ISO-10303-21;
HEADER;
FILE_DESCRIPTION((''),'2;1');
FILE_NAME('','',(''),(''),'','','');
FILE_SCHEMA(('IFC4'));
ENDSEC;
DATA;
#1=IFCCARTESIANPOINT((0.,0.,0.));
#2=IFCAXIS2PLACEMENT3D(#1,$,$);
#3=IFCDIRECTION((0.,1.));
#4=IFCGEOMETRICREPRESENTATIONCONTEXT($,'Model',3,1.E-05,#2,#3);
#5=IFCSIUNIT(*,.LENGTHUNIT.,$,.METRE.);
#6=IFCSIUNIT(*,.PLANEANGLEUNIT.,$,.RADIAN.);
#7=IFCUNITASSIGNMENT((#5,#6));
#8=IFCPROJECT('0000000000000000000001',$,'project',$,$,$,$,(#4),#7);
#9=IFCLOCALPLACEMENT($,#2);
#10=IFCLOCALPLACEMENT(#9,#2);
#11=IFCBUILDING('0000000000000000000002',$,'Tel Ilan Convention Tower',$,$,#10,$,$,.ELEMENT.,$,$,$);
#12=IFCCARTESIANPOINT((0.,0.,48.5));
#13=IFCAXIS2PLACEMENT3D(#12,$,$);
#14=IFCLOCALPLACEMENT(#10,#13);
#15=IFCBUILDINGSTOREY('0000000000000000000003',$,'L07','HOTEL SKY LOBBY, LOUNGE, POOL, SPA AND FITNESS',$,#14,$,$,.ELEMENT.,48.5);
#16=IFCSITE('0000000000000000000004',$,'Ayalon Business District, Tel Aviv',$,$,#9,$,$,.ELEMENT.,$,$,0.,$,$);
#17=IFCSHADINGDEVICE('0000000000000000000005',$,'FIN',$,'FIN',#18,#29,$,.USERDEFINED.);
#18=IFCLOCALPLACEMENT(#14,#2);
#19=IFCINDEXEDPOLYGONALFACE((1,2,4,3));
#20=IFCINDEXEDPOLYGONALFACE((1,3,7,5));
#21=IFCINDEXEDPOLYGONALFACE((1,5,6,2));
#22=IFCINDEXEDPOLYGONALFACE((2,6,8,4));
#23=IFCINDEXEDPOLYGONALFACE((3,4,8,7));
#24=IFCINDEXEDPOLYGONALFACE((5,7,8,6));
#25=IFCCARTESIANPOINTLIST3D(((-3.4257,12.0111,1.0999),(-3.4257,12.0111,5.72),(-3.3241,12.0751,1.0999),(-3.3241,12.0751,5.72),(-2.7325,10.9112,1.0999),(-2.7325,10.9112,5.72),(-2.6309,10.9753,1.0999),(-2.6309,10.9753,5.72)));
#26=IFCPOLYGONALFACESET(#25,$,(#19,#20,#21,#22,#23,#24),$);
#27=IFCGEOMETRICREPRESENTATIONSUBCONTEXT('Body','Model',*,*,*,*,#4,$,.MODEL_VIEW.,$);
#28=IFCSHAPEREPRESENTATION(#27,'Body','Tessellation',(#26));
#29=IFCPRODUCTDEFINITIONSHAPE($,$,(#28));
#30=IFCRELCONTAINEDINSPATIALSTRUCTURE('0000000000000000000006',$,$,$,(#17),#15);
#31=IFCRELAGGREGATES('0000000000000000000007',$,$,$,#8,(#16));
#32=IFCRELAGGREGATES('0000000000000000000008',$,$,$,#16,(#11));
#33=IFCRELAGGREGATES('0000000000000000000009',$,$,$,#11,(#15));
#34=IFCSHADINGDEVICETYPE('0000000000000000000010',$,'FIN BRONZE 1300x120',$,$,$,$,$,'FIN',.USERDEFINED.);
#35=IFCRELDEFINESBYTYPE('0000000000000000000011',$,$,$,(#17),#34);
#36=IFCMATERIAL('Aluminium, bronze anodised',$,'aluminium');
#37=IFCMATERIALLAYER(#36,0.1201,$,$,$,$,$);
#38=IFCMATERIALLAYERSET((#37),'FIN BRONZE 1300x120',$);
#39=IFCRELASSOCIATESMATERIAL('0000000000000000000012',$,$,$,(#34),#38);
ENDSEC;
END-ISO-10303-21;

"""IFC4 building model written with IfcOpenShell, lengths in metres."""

from ifc_helpers import new_model, si_unit, direction, frame, origin, origin_2d, place, context, subcontext, project, spatial, rectangle, extrude, material, layer, layer_set, type_object, element, save


model = new_model("IFC4")

# Units and contexts
model_context = context("Model", 3, precision=1e-05, world=origin(), true_north=direction((0.0, 1.0)))
body_context = subcontext(model_context, "Body", "Model", "MODEL_VIEW")
ifc_project = project(units=[si_unit("LENGTHUNIT", "METRE"), si_unit("PLANEANGLEUNIT", "RADIAN")], contexts=[model_context])

# Site, building, storey
site_placement = place(None, origin())
site = spatial("IfcSite", under=ifc_project, at=site_placement, Name="Ayalon Business District, Tel Aviv", CompositionType="ELEMENT", RefElevation=0.0)
building_placement = place(site_placement, origin())
building = spatial("IfcBuilding", under=site, at=building_placement, Name="Tel Ilan Convention Tower", CompositionType="ELEMENT")
storey_placement = place(building_placement, frame((0.0, 0.0, 48.5)))
storey = spatial("IfcBuildingStorey", under=building, at=storey_placement, Name="L07", Description="HOTEL SKY LOBBY, LOUNGE, POOL, SPA AND FITNESS", CompositionType="ELEMENT", Elevation=48.5)

# Shading device
ifc_material_1 = material(Name="Aluminium, bronze anodised", Category="aluminium")
ifc_layer_1 = layer(ifc_material_1, 0.1201)
ifc_layer_set_1 = layer_set([ifc_layer_1], Name="FIN BRONZE 1300x120")
shading_device_type = type_object("IfcShadingDeviceType", Name="FIN BRONZE 1300x120", ElementType="FIN", PredefinedType="USERDEFINED", material=ifc_layer_set_1)
shading_device_placement = place(storey_placement, frame((-3.0283, 11.4932, 1.0999), z_axis=(0.0, 0.0, 1.0), x_axis=(-0.533204, 0.845986, 0.0)))
element("IfcShadingDevice", 1, at=shading_device_placement, inside=storey, type_object=shading_device_type, Name="FIN", ObjectType="FIN", PredefinedType="USERDEFINED", context=body_context, shape_type="SweptSolid", body=[
    extrude(rectangle(XDim=1.3, YDim=0.1201, at=origin_2d()), origin(), (0.0, 0.0, 1.0), 4.6201),
])

save(model, "model.ifc")
